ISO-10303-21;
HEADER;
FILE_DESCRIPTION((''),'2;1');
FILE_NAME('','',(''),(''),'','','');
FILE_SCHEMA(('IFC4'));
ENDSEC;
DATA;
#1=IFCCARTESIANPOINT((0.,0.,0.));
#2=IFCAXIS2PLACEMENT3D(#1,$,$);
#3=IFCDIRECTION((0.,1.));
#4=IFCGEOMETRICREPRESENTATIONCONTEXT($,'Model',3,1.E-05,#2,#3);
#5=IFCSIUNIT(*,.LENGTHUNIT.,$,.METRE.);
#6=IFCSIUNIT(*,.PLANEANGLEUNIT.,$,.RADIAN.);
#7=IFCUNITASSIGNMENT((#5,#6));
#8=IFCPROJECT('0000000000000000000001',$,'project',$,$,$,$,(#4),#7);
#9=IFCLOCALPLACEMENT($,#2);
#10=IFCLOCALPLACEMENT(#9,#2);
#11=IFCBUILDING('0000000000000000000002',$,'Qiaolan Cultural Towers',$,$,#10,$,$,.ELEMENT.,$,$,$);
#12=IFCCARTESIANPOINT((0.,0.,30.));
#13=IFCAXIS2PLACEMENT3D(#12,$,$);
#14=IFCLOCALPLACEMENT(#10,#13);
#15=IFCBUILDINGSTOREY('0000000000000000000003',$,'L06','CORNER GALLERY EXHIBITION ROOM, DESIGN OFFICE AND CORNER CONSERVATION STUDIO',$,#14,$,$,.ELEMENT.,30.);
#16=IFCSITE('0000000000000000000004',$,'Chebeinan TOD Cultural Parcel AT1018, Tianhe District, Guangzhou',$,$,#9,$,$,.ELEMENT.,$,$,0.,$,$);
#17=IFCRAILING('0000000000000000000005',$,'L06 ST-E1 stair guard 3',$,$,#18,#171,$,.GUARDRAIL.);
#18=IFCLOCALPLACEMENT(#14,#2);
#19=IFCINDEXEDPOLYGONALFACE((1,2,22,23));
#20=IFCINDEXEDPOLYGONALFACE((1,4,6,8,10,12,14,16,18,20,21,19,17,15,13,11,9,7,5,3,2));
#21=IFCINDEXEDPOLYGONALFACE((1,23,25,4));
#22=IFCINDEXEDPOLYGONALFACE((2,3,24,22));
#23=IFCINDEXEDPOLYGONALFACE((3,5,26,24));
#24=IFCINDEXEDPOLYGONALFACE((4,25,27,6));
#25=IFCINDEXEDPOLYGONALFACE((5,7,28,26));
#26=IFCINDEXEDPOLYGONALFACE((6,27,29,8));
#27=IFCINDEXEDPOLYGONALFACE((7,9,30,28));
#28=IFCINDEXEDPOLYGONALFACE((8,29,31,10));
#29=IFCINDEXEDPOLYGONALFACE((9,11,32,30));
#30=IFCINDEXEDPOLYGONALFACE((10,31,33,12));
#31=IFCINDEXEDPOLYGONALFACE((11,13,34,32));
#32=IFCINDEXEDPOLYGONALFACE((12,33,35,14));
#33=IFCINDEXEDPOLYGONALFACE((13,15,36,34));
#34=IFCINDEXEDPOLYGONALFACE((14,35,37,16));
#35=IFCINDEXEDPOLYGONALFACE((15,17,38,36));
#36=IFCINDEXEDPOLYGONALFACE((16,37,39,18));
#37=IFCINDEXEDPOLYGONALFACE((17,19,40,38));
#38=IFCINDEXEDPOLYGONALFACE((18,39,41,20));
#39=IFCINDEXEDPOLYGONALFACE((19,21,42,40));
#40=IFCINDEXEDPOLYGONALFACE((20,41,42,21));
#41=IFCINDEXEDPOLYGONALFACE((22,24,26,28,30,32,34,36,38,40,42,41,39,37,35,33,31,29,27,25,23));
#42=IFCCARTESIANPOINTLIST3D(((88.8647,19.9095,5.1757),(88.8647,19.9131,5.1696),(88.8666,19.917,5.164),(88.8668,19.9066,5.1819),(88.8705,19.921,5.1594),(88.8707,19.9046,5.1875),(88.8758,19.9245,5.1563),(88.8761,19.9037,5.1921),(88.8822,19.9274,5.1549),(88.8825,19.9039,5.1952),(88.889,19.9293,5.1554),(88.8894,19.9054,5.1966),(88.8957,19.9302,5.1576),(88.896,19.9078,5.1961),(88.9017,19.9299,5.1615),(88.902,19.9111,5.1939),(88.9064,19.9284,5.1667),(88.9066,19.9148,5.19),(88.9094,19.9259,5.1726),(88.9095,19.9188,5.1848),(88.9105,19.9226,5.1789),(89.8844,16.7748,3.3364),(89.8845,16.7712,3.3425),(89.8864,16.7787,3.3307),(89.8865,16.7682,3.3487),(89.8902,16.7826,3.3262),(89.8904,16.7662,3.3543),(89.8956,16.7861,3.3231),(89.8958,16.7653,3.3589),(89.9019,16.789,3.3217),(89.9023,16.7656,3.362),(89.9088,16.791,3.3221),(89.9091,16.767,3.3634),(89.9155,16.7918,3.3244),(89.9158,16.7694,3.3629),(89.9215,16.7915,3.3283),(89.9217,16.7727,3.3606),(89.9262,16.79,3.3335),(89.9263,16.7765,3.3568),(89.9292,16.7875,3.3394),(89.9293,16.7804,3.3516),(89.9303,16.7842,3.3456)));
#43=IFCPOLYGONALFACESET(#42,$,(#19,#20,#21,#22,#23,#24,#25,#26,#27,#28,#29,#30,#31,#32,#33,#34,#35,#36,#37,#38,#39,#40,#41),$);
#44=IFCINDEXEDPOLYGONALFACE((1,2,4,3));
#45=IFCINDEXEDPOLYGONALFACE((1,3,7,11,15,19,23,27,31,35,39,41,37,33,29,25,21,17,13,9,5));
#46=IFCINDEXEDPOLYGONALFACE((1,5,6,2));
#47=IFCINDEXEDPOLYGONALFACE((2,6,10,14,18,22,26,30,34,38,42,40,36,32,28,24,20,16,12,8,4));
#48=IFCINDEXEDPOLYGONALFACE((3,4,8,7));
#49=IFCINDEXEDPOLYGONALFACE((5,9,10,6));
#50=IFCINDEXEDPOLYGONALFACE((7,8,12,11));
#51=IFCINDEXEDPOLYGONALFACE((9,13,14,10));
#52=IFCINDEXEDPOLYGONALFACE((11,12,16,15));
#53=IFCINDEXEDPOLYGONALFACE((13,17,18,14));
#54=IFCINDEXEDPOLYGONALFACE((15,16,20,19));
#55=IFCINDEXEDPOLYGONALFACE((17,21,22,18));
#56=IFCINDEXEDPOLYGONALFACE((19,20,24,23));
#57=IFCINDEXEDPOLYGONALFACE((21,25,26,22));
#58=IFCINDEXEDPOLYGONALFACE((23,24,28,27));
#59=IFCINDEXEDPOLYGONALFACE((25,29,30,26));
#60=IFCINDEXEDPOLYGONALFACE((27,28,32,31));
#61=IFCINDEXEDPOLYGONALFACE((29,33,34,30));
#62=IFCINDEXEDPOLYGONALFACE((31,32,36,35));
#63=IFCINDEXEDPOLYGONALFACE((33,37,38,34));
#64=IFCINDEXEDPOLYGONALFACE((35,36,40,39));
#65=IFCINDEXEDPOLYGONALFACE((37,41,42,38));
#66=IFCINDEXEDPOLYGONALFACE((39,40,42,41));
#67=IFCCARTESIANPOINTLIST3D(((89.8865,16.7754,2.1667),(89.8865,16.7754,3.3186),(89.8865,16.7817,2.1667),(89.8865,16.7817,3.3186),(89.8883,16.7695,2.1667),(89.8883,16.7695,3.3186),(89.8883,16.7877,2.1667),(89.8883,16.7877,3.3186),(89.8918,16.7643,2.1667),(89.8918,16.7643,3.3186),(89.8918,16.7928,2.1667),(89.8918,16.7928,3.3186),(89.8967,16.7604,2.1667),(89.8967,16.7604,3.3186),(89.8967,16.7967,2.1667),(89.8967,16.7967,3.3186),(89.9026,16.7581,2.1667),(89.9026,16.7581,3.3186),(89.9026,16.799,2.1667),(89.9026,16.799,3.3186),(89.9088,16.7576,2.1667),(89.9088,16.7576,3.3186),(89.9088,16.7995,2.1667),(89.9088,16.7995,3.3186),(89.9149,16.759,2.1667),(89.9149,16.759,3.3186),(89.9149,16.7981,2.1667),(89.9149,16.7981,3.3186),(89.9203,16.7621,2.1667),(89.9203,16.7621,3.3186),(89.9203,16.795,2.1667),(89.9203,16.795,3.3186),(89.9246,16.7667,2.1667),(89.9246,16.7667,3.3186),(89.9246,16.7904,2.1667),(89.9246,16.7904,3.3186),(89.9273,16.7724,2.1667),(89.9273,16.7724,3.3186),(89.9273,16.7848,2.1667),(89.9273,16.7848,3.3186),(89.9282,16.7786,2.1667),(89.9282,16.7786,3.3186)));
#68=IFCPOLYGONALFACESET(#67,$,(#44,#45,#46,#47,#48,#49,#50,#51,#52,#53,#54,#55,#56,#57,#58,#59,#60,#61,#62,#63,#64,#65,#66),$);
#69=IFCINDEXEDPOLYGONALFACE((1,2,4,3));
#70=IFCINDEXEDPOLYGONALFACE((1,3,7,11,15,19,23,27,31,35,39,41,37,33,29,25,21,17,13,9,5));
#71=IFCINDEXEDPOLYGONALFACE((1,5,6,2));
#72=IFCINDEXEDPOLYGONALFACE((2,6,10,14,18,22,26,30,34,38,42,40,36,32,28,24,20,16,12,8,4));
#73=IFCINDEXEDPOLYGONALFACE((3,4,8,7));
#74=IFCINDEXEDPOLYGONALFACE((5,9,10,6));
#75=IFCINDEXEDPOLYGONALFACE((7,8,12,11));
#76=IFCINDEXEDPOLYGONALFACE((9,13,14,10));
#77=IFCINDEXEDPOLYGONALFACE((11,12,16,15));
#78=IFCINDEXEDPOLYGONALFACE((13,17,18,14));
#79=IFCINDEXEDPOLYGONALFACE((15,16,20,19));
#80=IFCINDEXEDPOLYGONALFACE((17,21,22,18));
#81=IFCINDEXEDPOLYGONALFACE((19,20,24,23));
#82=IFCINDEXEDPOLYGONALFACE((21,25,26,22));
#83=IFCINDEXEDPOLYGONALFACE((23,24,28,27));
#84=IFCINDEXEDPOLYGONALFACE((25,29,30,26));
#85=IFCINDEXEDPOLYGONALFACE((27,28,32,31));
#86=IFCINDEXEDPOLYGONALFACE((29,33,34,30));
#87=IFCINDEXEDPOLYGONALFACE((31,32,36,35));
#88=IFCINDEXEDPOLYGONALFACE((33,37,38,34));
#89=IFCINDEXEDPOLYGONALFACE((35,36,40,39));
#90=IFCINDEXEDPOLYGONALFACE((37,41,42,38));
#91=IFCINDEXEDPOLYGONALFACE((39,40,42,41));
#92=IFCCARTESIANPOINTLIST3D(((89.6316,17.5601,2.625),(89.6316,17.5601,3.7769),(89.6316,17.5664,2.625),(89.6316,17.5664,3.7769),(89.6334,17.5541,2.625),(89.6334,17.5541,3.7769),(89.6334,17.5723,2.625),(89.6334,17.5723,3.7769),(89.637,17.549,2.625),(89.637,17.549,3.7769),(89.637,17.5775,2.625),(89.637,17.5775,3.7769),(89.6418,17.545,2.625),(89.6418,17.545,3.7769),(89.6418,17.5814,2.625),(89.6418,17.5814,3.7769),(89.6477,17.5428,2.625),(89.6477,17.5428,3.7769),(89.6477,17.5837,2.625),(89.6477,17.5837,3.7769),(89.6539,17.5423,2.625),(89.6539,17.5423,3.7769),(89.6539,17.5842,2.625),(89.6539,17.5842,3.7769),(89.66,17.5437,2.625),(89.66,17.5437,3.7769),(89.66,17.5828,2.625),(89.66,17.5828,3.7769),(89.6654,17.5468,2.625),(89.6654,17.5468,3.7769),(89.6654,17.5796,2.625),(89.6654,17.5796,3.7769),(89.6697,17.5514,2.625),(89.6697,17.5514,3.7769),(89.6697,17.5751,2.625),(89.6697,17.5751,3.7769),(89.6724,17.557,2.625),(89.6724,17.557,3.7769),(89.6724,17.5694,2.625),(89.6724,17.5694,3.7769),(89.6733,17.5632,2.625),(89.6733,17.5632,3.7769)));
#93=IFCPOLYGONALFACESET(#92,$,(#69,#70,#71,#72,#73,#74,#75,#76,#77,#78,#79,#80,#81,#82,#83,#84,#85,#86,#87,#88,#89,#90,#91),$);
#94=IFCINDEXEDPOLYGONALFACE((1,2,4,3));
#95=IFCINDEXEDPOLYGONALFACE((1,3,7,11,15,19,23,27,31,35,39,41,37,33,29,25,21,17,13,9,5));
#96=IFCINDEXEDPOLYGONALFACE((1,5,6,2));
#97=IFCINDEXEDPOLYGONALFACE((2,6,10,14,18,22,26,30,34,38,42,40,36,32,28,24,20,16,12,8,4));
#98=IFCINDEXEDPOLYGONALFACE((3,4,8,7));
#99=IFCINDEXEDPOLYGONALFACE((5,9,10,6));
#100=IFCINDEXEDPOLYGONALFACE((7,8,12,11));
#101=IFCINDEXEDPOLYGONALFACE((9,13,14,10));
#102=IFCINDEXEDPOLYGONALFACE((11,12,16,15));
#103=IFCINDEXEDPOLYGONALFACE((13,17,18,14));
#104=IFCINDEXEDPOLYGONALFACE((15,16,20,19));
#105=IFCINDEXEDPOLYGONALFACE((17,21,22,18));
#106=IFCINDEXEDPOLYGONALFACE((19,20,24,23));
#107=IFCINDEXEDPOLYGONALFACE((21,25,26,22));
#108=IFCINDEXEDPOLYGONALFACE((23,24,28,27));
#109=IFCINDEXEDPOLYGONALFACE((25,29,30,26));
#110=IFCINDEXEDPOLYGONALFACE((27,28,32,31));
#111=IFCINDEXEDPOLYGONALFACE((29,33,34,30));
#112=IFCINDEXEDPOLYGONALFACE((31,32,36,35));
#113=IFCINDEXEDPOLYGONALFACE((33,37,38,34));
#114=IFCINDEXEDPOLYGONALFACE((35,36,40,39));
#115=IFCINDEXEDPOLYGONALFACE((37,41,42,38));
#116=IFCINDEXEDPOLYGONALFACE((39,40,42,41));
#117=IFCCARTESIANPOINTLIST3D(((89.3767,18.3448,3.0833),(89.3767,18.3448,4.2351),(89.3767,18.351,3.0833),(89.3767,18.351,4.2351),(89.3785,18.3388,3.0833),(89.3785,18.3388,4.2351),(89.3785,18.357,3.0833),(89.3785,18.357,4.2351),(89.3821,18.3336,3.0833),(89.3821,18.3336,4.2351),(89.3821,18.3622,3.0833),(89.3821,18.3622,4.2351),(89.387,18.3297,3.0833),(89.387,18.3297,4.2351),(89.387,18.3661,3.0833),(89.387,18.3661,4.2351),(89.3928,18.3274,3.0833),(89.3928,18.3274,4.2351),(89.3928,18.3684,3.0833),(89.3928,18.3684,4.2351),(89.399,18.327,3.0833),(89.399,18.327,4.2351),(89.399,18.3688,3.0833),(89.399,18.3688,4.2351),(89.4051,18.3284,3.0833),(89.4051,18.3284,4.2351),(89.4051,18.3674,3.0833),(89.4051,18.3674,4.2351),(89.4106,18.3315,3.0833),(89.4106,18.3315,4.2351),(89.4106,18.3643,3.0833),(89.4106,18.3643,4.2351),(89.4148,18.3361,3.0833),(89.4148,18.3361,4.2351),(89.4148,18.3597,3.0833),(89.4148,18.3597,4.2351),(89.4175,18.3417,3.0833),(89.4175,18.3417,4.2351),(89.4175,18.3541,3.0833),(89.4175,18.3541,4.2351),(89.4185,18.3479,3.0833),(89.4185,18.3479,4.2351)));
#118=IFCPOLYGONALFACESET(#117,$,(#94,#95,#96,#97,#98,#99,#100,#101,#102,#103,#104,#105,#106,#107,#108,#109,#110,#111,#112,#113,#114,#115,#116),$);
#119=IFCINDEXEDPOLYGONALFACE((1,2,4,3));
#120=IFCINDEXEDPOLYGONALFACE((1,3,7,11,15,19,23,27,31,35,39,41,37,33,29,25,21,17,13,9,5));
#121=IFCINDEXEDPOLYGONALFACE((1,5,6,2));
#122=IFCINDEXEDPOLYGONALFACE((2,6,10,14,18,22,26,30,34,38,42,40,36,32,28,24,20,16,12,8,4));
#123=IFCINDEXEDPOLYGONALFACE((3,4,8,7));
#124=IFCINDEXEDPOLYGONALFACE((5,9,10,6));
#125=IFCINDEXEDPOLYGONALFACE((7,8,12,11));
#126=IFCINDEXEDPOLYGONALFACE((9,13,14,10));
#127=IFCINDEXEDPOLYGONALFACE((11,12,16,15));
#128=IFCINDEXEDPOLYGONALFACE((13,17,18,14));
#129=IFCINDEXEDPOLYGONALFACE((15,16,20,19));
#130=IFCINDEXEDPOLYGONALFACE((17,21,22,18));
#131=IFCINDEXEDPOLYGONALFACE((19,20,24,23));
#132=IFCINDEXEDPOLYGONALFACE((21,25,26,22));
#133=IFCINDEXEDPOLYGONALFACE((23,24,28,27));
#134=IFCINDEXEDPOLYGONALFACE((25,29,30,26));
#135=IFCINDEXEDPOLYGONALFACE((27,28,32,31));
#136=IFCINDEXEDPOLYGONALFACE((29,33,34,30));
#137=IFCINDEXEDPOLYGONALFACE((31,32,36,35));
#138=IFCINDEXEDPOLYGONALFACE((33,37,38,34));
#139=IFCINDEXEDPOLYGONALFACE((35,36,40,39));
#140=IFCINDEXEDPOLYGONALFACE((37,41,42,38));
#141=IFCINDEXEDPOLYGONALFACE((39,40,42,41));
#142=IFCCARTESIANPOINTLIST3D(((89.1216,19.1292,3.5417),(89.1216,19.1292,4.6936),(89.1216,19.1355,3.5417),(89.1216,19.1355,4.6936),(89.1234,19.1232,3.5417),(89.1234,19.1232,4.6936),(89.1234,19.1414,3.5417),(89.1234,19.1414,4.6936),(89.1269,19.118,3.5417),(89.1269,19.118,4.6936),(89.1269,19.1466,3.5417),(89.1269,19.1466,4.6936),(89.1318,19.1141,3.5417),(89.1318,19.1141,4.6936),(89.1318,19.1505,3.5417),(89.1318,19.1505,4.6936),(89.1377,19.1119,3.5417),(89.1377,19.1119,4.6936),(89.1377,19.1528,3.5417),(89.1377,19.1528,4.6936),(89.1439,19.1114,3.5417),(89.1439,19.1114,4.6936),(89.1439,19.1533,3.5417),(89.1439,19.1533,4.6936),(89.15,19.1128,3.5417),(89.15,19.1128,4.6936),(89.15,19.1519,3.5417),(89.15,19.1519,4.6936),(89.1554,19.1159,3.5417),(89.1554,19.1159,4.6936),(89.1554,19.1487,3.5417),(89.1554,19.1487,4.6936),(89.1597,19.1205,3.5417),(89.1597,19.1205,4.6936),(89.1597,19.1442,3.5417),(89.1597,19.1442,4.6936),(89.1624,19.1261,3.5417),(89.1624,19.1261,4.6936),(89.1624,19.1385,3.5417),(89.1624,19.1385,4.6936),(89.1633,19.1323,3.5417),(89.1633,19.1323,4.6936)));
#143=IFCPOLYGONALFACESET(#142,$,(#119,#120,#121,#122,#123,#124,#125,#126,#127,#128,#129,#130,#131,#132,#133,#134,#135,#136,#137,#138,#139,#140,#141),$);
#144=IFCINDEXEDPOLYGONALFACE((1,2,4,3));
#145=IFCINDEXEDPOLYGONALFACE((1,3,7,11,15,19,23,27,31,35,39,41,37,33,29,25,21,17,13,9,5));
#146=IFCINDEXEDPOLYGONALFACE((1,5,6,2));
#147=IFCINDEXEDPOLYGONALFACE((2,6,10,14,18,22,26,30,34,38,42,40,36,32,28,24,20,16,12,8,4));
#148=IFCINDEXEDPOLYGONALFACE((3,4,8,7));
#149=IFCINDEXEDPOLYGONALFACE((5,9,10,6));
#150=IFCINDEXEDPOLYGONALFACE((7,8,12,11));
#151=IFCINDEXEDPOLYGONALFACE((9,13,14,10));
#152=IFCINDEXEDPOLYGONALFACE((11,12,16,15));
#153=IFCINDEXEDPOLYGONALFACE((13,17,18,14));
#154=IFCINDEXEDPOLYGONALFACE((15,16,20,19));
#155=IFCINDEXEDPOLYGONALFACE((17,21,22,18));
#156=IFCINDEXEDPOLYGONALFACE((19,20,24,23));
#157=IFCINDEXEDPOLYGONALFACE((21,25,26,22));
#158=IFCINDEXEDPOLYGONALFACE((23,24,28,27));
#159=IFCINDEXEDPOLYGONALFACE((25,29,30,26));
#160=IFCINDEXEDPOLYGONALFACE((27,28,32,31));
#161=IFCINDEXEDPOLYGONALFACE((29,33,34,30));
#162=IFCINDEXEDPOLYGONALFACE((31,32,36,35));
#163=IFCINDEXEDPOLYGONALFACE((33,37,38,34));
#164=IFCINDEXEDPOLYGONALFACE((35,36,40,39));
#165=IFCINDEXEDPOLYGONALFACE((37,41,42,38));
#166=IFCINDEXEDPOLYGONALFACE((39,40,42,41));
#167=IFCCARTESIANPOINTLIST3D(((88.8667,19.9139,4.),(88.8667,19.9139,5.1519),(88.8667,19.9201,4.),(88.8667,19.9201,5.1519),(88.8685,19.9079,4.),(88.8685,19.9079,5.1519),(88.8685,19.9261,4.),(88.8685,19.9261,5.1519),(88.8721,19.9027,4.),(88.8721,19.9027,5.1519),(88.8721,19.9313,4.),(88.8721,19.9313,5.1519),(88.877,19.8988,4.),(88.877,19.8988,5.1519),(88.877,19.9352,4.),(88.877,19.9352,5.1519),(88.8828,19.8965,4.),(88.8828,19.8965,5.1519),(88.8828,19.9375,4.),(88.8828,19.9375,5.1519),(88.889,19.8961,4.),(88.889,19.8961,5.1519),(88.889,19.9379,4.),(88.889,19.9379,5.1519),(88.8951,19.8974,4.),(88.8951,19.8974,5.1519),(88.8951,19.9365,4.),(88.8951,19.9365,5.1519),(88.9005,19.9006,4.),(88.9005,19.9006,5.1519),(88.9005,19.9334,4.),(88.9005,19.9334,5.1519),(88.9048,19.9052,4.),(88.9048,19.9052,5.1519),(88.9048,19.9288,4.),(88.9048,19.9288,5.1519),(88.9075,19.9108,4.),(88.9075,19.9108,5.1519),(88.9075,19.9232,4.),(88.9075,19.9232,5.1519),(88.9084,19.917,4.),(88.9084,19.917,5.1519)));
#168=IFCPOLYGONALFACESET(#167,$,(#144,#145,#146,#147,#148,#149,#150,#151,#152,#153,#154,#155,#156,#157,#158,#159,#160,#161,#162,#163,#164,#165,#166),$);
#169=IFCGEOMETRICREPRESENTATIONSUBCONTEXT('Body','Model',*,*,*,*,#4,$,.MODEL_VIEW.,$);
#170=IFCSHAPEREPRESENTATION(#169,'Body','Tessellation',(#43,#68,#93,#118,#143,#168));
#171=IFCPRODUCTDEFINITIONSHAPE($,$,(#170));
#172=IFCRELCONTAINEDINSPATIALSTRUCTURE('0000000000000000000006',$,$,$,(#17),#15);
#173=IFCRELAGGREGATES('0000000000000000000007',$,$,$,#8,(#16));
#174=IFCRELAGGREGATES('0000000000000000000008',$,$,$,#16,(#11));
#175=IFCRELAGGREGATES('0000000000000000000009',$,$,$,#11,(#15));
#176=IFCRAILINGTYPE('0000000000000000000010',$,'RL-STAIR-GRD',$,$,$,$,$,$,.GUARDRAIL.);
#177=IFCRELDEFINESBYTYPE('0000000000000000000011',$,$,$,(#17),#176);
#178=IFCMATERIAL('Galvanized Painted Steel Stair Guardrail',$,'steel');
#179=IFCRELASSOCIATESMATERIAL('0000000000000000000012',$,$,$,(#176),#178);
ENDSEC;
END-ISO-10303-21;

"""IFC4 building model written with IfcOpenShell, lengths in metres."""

from ifc_helpers import new_model, si_unit, direction, frame, origin, origin_2d, place, context, subcontext, project, spatial, circle, extrude, material, type_object, element, save


model = new_model("IFC4")

# Units and contexts
model_context = context("Model", 3, precision=1e-05, world=origin(), true_north=direction((0.0, 1.0)))
body_context = subcontext(model_context, "Body", "Model", "MODEL_VIEW")
ifc_project = project(units=[si_unit("LENGTHUNIT", "METRE"), si_unit("PLANEANGLEUNIT", "RADIAN")], contexts=[model_context])

# Site, building, storey
site_placement = place(None, origin())
site = spatial("IfcSite", under=ifc_project, at=site_placement, Name="Chebeinan TOD Cultural Parcel AT1018, Tianhe District, Guangzhou", CompositionType="ELEMENT", RefElevation=0.0)
building_placement = place(site_placement, origin())
building = spatial("IfcBuilding", under=site, at=building_placement, Name="Qiaolan Cultural Towers", CompositionType="ELEMENT")
storey_placement = place(building_placement, frame((0.0, 0.0, 30.0)))
storey = spatial("IfcBuildingStorey", under=building, at=storey_placement, Name="L06", Description="CORNER GALLERY EXHIBITION ROOM, DESIGN OFFICE AND CORNER CONSERVATION STUDIO", CompositionType="ELEMENT", Elevation=30.0)

# Railing
ifc_material_1 = material(Name="Galvanized Painted Steel Stair Guardrail", Category="steel")
railing_type_1 = type_object("IfcRailingType", Name="RL-STAIR-GRD", PredefinedType="GUARDRAIL", material=ifc_material_1)
railing_1_placement = place(storey_placement, frame((89.9072, 16.7786, 2.1667)))
element("IfcRailing", 1, at=railing_1_placement, inside=storey, type_object=railing_type_1, Name="L06 ST-E1 stair guard 3", PredefinedType="GUARDRAIL", context=body_context, shape_type="SweptSolid", body=[
    extrude(circle(Radius=0.0239, at=origin_2d()), frame((0.0, 0.0, 1.1758), z_axis=(-0.270141, 0.831376, 0.485632), x_axis=(-0.951053, -0.309028, 0.0)), (0.0, 0.0, 1.0), 3.7749),
    extrude(circle(Radius=0.021, at=origin_2d()), origin(), (0.0, 0.0, 1.0), 1.1519),
    extrude(circle(Radius=0.021, at=origin_2d()), frame((-0.2549, 0.7847, 0.4583)), (0.0, 0.0, 1.0), 1.1519),
    extrude(circle(Radius=0.021, at=origin_2d()), frame((-0.5098, 1.5693, 0.9165)), (0.0, 0.0, 1.0), 1.1519),
    extrude(circle(Radius=0.021, at=origin_2d()), frame((-0.7649, 2.3538, 1.375)), (0.0, 0.0, 1.0), 1.1519),
    extrude(circle(Radius=0.021, at=origin_2d()), frame((-1.0198, 3.1384, 1.8333)), (0.0, 0.0, 1.0), 1.1519),
])

save(model, "model.ifc")
